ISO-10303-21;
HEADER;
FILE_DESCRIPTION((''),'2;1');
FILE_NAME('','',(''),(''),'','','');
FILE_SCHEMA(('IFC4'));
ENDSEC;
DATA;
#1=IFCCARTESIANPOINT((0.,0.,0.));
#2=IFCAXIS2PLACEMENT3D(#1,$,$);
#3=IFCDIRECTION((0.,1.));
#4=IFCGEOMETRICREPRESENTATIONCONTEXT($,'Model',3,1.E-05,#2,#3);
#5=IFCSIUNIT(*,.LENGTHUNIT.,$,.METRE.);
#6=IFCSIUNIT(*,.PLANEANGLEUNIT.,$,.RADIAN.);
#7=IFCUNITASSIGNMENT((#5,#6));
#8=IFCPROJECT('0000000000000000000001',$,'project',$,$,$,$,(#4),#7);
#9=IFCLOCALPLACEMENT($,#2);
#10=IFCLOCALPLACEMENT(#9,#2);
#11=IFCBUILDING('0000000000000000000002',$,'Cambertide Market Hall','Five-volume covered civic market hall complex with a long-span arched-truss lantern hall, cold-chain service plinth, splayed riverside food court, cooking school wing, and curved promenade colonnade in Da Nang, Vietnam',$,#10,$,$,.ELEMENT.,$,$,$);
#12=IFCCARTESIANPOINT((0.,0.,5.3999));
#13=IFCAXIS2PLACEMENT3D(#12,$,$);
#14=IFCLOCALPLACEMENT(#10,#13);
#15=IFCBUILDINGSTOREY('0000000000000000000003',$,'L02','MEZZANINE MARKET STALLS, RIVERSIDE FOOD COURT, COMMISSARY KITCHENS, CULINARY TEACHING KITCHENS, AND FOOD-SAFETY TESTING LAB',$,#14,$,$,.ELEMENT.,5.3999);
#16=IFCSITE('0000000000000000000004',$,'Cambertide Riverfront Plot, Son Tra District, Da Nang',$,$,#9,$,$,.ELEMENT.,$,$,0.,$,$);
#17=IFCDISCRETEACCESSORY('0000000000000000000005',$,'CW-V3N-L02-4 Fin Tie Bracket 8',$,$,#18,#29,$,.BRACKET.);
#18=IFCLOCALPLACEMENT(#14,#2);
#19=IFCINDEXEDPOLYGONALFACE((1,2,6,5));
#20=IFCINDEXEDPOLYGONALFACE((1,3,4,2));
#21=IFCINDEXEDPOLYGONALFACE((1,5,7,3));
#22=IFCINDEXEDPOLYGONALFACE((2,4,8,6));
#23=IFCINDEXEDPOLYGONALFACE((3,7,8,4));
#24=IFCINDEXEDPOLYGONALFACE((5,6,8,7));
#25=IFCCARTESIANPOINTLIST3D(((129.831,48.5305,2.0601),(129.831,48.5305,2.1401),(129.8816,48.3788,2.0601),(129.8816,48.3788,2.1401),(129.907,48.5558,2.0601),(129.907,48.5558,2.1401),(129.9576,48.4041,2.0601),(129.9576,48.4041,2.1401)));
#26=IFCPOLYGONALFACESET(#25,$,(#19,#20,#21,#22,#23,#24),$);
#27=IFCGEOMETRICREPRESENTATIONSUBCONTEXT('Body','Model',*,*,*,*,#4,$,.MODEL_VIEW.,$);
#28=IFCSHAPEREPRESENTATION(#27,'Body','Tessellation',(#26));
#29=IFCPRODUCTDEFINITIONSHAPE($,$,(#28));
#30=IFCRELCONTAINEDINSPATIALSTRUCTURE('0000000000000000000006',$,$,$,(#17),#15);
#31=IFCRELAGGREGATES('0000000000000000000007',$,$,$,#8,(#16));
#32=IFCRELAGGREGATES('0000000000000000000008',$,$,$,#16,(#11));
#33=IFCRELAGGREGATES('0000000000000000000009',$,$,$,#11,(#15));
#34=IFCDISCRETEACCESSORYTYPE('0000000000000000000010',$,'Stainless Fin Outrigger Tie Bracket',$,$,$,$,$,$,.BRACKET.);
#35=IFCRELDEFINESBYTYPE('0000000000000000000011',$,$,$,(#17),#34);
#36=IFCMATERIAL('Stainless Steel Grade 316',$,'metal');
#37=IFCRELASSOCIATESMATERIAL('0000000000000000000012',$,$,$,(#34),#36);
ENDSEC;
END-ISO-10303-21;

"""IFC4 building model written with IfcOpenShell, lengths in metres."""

from ifc_helpers import new_model, si_unit, direction, frame, origin, origin_2d, place, context, subcontext, project, spatial, rectangle, extrude, material, type_object, element, save


model = new_model("IFC4")

# Units and contexts
model_context = context("Model", 3, precision=1e-05, world=origin(), true_north=direction((0.0, 1.0)))
body_context = subcontext(model_context, "Body", "Model", "MODEL_VIEW")
ifc_project = project(units=[si_unit("LENGTHUNIT", "METRE"), si_unit("PLANEANGLEUNIT", "RADIAN")], contexts=[model_context])

# Site, building, storey
site_placement = place(None, origin())
site = spatial("IfcSite", under=ifc_project, at=site_placement, Name="Cambertide Riverfront Plot, Son Tra District, Da Nang", CompositionType="ELEMENT", RefElevation=0.0)
building_placement = place(site_placement, origin())
building = spatial("IfcBuilding", under=site, at=building_placement, Name="Cambertide Market Hall", Description="Five-volume covered civic market hall complex with a long-span arched-truss lantern hall, cold-chain service plinth, splayed riverside food court, cooking school wing, and curved promenade colonnade in Da Nang, Vietnam", CompositionType="ELEMENT")
storey_placement = place(building_placement, frame((0.0, 0.0, 5.3999)))
storey = spatial("IfcBuildingStorey", under=building, at=storey_placement, Name="L02", Description="MEZZANINE MARKET STALLS, RIVERSIDE FOOD COURT, COMMISSARY KITCHENS, CULINARY TEACHING KITCHENS, AND FOOD-SAFETY TESTING LAB", CompositionType="ELEMENT", Elevation=5.3999)

# Discrete accessory
ifc_material_1 = material(Name="Stainless Steel Grade 316", Category="metal")
discrete_accessory_type = type_object("IfcDiscreteAccessoryType", Name="Stainless Fin Outrigger Tie Bracket", PredefinedType="BRACKET", material=ifc_material_1)
for number, where, z_axis, x_axis, name in (
    (1, (129.8943, 48.4673, 2.0601), (0.0, 0.0, 1.0), (0.948683, 0.316228, 0.0), "CW-V3N-L02-4 Fin Tie Bracket 8"),
):
    element("IfcDiscreteAccessory", number, at=place(storey_placement, frame(where, z_axis=z_axis, x_axis=x_axis)), inside=storey, type_object=discrete_accessory_type, Name=name, PredefinedType="BRACKET", context=body_context, shape_type="SweptSolid", body=[
        extrude(rectangle(XDim=0.0801, YDim=0.1599, at=origin_2d()), origin(), (0.0, 0.0, 1.0), 0.0801),
    ])

save(model, "model.ifc")
